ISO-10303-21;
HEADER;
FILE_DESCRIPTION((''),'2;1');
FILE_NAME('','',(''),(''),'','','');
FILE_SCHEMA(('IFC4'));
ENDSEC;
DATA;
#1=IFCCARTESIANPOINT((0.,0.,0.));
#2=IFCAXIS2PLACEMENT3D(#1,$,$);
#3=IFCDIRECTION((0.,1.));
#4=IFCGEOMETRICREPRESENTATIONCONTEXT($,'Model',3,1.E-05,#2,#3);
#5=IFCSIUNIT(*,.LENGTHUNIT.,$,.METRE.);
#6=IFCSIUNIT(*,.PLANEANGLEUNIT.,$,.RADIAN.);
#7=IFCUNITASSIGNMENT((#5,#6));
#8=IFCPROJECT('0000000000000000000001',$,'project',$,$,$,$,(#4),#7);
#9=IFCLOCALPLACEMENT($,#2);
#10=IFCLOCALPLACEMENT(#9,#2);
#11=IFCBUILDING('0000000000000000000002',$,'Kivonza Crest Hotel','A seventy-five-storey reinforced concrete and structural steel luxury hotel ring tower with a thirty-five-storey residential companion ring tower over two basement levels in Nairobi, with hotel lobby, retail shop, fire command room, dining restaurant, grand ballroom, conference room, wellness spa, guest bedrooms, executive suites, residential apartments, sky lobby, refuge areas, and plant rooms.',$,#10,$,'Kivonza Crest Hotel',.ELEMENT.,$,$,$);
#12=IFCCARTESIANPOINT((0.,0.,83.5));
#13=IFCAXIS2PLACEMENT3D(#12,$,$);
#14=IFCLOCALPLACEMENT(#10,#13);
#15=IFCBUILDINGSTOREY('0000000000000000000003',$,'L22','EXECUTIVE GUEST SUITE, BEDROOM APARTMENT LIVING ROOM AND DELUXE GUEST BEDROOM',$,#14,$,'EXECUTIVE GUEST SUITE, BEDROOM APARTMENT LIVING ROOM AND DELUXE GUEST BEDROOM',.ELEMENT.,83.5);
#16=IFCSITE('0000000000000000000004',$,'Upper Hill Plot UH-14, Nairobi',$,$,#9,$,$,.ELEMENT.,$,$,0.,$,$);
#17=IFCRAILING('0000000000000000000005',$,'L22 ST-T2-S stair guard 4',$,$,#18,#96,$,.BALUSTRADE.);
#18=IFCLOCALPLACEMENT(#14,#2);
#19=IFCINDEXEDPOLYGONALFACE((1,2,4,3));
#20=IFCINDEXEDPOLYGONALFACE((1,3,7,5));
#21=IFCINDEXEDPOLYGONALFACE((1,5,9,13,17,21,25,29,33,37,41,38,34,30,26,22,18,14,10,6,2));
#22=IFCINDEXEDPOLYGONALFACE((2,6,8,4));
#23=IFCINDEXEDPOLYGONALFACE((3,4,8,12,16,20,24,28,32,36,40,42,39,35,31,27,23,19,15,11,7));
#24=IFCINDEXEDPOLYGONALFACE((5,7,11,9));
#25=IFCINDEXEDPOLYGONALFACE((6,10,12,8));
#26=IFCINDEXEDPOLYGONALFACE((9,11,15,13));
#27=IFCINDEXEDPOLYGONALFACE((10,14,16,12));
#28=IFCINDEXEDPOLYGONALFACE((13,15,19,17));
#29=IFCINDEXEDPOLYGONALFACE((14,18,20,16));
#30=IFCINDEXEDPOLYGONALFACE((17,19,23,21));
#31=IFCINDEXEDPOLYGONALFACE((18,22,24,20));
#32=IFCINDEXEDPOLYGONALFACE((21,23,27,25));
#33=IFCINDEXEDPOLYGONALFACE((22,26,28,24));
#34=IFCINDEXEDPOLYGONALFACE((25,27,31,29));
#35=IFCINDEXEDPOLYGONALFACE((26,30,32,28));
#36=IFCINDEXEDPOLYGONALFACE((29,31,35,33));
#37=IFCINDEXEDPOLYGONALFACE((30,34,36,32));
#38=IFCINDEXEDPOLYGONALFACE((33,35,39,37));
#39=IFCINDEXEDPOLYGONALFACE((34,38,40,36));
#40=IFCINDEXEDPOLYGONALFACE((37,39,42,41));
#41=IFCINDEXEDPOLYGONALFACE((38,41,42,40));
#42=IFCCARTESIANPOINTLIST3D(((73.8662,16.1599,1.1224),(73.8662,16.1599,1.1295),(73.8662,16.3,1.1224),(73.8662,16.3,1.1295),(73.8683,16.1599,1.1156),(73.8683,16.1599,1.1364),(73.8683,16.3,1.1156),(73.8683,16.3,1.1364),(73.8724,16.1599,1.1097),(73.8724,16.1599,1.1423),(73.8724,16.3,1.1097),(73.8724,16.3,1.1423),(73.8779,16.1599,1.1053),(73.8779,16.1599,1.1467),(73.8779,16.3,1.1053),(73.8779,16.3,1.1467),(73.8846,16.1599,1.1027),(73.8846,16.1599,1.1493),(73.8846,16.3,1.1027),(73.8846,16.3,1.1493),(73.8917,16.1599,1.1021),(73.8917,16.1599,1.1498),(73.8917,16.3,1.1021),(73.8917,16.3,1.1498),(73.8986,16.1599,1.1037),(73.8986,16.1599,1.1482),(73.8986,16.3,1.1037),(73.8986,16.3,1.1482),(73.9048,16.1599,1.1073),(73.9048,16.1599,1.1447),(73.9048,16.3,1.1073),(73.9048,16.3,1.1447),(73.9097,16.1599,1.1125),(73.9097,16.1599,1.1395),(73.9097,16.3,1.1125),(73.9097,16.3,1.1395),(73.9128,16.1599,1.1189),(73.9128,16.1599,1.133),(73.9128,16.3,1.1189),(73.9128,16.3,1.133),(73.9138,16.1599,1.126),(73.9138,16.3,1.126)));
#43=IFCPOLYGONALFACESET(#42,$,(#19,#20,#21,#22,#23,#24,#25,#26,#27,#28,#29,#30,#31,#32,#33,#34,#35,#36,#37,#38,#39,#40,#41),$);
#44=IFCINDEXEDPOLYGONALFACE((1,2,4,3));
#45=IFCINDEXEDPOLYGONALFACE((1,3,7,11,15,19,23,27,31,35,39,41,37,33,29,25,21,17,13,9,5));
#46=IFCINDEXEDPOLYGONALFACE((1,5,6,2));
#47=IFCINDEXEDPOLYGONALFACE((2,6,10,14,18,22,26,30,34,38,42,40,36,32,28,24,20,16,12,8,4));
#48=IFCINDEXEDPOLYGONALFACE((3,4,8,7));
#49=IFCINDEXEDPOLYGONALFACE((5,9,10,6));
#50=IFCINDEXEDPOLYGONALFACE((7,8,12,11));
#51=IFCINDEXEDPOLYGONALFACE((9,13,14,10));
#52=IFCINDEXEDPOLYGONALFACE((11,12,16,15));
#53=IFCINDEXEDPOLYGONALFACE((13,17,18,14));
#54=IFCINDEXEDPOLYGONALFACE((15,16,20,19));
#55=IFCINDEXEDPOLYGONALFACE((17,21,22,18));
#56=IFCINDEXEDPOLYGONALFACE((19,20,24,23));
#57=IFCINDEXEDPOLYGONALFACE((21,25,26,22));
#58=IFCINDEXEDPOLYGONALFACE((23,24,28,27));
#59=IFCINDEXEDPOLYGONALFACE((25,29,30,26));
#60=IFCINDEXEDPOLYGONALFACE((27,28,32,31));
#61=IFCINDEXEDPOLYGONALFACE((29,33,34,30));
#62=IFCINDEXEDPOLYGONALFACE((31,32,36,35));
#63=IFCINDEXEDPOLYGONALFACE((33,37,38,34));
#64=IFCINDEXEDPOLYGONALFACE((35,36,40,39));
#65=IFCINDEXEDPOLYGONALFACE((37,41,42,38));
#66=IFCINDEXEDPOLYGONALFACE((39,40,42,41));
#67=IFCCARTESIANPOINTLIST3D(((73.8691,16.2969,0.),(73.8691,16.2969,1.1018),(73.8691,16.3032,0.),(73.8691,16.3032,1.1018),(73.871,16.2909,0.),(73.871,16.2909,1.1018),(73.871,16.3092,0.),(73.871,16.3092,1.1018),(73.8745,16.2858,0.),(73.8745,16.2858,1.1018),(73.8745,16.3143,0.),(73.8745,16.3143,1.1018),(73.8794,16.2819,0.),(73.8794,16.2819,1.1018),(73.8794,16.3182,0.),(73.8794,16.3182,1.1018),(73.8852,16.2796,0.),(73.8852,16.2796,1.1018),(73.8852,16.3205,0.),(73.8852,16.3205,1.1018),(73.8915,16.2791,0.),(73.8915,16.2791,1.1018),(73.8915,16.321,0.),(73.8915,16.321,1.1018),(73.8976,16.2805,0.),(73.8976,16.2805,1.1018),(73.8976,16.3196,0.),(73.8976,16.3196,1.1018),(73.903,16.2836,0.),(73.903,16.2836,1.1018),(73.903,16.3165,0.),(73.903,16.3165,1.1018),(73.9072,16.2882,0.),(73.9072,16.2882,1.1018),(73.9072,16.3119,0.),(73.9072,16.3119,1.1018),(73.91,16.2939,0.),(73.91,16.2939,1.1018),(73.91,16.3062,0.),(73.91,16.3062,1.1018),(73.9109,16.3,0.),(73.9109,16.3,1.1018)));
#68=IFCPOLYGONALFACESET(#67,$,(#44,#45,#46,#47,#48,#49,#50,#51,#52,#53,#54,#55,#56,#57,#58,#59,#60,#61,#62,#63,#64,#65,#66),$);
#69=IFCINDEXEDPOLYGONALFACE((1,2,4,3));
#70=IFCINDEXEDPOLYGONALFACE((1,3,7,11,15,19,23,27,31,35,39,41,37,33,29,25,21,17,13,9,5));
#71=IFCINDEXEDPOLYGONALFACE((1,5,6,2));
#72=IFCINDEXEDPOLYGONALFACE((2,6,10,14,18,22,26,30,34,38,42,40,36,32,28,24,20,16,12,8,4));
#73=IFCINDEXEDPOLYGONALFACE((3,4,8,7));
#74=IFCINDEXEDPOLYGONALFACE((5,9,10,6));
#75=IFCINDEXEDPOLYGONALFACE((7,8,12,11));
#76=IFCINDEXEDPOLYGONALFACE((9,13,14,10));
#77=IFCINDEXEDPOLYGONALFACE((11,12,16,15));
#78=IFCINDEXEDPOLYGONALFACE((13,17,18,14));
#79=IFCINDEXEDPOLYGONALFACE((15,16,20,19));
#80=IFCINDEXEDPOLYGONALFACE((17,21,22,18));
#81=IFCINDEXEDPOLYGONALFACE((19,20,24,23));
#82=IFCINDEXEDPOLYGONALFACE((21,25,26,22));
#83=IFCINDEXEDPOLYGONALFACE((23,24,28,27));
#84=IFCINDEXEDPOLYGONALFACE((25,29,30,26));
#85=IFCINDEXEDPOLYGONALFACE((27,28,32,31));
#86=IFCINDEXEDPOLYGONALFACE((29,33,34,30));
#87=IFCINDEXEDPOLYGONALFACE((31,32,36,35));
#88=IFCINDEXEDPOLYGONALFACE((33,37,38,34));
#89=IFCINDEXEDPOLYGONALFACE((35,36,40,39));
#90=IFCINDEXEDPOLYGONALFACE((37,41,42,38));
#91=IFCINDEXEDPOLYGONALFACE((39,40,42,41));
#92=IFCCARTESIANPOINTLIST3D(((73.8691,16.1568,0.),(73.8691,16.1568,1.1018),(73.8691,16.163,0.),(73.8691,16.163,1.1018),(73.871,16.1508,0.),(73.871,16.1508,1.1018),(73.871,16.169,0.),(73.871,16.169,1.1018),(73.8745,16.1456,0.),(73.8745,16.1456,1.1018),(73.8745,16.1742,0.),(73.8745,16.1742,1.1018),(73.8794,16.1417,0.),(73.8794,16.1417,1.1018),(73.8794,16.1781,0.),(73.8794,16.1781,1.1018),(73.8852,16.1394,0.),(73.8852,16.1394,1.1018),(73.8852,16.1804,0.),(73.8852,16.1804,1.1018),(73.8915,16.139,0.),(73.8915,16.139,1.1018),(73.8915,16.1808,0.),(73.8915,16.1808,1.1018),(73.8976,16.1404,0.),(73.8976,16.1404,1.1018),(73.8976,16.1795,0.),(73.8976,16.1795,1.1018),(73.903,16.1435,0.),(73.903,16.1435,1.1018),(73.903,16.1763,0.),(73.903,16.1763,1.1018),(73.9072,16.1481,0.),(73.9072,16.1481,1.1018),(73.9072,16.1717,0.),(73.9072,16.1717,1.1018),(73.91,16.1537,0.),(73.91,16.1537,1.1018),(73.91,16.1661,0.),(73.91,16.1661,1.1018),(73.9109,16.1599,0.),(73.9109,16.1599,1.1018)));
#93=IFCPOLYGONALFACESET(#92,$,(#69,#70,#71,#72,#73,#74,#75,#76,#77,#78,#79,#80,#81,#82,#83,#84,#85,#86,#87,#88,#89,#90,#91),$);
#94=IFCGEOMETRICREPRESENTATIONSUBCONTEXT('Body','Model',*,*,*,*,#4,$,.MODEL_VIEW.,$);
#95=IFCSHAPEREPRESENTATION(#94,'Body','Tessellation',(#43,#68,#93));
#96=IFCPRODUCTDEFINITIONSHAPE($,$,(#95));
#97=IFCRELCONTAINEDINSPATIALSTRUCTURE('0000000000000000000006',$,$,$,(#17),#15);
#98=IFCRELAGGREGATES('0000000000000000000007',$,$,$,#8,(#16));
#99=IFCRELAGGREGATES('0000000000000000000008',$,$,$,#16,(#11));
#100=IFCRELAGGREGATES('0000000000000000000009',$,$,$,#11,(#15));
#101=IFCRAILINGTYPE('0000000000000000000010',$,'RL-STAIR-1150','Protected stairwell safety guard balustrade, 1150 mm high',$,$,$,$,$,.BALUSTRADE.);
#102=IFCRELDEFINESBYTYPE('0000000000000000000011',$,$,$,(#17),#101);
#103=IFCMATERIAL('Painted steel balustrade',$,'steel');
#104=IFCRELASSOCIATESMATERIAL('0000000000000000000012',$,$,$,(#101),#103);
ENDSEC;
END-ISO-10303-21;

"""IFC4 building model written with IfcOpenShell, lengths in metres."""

from ifc_helpers import new_model, si_unit, direction, frame, origin, origin_2d, place, context, subcontext, project, spatial, circle, extrude, material, type_object, element, save


model = new_model("IFC4")

# Units and contexts
model_context = context("Model", 3, precision=1e-05, world=origin(), true_north=direction((0.0, 1.0)))
body_context = subcontext(model_context, "Body", "Model", "MODEL_VIEW")
ifc_project = project(units=[si_unit("LENGTHUNIT", "METRE"), si_unit("PLANEANGLEUNIT", "RADIAN")], contexts=[model_context])

# Site, building, storey
site_placement = place(None, origin())
site = spatial("IfcSite", under=ifc_project, at=site_placement, Name="Upper Hill Plot UH-14, Nairobi", CompositionType="ELEMENT", RefElevation=0.0)
building_placement = place(site_placement, origin())
building = spatial("IfcBuilding", under=site, at=building_placement, Name="Kivonza Crest Hotel", Description="A seventy-five-storey reinforced concrete and structural steel luxury hotel ring tower with a thirty-five-storey residential companion ring tower over two basement levels in Nairobi, with hotel lobby, retail shop, fire command room, dining restaurant, grand ballroom, conference room, wellness spa, guest bedrooms, executive suites, residential apartments, sky lobby, refuge areas, and plant rooms.", LongName="Kivonza Crest Hotel", CompositionType="ELEMENT")
storey_placement = place(building_placement, frame((0.0, 0.0, 83.5)))
storey = spatial("IfcBuildingStorey", under=building, at=storey_placement, Name="L22", Description="EXECUTIVE GUEST SUITE, BEDROOM APARTMENT LIVING ROOM AND DELUXE GUEST BEDROOM", LongName="EXECUTIVE GUEST SUITE, BEDROOM APARTMENT LIVING ROOM AND DELUXE GUEST BEDROOM", CompositionType="ELEMENT", Elevation=83.5)

# Railing
ifc_material_1 = material(Name="Painted steel balustrade", Category="steel")
railing_type = type_object("IfcRailingType", Name="RL-STAIR-1150", Description="Protected stairwell safety guard balustrade, 1150 mm high", PredefinedType="BALUSTRADE", material=ifc_material_1)
railing_placement = place(storey_placement, frame((73.8899, 16.3, 0.0)))
element("IfcRailing", 1, at=railing_placement, inside=storey, type_object=railing_type, Name="L22 ST-T2-S stair guard 4", PredefinedType="BALUSTRADE", context=body_context, shape_type="SweptSolid", body=[
    extrude(circle(Radius=0.0239, at=origin_2d()), frame((0.0, 0.0, 1.126), z_axis=(0.0, -1.0, 0.0), x_axis=(1.0, 0.0, 0.0)), (0.0, 0.0, 1.0), 0.1401),
    extrude(circle(Radius=0.021, at=origin_2d()), origin(), (0.0, 0.0, 1.0), 1.1018),
    extrude(circle(Radius=0.021, at=origin_2d()), frame((0.0, -0.1401, 0.0)), (0.0, 0.0, 1.0), 1.1018),
])

save(model, "model.ifc")
